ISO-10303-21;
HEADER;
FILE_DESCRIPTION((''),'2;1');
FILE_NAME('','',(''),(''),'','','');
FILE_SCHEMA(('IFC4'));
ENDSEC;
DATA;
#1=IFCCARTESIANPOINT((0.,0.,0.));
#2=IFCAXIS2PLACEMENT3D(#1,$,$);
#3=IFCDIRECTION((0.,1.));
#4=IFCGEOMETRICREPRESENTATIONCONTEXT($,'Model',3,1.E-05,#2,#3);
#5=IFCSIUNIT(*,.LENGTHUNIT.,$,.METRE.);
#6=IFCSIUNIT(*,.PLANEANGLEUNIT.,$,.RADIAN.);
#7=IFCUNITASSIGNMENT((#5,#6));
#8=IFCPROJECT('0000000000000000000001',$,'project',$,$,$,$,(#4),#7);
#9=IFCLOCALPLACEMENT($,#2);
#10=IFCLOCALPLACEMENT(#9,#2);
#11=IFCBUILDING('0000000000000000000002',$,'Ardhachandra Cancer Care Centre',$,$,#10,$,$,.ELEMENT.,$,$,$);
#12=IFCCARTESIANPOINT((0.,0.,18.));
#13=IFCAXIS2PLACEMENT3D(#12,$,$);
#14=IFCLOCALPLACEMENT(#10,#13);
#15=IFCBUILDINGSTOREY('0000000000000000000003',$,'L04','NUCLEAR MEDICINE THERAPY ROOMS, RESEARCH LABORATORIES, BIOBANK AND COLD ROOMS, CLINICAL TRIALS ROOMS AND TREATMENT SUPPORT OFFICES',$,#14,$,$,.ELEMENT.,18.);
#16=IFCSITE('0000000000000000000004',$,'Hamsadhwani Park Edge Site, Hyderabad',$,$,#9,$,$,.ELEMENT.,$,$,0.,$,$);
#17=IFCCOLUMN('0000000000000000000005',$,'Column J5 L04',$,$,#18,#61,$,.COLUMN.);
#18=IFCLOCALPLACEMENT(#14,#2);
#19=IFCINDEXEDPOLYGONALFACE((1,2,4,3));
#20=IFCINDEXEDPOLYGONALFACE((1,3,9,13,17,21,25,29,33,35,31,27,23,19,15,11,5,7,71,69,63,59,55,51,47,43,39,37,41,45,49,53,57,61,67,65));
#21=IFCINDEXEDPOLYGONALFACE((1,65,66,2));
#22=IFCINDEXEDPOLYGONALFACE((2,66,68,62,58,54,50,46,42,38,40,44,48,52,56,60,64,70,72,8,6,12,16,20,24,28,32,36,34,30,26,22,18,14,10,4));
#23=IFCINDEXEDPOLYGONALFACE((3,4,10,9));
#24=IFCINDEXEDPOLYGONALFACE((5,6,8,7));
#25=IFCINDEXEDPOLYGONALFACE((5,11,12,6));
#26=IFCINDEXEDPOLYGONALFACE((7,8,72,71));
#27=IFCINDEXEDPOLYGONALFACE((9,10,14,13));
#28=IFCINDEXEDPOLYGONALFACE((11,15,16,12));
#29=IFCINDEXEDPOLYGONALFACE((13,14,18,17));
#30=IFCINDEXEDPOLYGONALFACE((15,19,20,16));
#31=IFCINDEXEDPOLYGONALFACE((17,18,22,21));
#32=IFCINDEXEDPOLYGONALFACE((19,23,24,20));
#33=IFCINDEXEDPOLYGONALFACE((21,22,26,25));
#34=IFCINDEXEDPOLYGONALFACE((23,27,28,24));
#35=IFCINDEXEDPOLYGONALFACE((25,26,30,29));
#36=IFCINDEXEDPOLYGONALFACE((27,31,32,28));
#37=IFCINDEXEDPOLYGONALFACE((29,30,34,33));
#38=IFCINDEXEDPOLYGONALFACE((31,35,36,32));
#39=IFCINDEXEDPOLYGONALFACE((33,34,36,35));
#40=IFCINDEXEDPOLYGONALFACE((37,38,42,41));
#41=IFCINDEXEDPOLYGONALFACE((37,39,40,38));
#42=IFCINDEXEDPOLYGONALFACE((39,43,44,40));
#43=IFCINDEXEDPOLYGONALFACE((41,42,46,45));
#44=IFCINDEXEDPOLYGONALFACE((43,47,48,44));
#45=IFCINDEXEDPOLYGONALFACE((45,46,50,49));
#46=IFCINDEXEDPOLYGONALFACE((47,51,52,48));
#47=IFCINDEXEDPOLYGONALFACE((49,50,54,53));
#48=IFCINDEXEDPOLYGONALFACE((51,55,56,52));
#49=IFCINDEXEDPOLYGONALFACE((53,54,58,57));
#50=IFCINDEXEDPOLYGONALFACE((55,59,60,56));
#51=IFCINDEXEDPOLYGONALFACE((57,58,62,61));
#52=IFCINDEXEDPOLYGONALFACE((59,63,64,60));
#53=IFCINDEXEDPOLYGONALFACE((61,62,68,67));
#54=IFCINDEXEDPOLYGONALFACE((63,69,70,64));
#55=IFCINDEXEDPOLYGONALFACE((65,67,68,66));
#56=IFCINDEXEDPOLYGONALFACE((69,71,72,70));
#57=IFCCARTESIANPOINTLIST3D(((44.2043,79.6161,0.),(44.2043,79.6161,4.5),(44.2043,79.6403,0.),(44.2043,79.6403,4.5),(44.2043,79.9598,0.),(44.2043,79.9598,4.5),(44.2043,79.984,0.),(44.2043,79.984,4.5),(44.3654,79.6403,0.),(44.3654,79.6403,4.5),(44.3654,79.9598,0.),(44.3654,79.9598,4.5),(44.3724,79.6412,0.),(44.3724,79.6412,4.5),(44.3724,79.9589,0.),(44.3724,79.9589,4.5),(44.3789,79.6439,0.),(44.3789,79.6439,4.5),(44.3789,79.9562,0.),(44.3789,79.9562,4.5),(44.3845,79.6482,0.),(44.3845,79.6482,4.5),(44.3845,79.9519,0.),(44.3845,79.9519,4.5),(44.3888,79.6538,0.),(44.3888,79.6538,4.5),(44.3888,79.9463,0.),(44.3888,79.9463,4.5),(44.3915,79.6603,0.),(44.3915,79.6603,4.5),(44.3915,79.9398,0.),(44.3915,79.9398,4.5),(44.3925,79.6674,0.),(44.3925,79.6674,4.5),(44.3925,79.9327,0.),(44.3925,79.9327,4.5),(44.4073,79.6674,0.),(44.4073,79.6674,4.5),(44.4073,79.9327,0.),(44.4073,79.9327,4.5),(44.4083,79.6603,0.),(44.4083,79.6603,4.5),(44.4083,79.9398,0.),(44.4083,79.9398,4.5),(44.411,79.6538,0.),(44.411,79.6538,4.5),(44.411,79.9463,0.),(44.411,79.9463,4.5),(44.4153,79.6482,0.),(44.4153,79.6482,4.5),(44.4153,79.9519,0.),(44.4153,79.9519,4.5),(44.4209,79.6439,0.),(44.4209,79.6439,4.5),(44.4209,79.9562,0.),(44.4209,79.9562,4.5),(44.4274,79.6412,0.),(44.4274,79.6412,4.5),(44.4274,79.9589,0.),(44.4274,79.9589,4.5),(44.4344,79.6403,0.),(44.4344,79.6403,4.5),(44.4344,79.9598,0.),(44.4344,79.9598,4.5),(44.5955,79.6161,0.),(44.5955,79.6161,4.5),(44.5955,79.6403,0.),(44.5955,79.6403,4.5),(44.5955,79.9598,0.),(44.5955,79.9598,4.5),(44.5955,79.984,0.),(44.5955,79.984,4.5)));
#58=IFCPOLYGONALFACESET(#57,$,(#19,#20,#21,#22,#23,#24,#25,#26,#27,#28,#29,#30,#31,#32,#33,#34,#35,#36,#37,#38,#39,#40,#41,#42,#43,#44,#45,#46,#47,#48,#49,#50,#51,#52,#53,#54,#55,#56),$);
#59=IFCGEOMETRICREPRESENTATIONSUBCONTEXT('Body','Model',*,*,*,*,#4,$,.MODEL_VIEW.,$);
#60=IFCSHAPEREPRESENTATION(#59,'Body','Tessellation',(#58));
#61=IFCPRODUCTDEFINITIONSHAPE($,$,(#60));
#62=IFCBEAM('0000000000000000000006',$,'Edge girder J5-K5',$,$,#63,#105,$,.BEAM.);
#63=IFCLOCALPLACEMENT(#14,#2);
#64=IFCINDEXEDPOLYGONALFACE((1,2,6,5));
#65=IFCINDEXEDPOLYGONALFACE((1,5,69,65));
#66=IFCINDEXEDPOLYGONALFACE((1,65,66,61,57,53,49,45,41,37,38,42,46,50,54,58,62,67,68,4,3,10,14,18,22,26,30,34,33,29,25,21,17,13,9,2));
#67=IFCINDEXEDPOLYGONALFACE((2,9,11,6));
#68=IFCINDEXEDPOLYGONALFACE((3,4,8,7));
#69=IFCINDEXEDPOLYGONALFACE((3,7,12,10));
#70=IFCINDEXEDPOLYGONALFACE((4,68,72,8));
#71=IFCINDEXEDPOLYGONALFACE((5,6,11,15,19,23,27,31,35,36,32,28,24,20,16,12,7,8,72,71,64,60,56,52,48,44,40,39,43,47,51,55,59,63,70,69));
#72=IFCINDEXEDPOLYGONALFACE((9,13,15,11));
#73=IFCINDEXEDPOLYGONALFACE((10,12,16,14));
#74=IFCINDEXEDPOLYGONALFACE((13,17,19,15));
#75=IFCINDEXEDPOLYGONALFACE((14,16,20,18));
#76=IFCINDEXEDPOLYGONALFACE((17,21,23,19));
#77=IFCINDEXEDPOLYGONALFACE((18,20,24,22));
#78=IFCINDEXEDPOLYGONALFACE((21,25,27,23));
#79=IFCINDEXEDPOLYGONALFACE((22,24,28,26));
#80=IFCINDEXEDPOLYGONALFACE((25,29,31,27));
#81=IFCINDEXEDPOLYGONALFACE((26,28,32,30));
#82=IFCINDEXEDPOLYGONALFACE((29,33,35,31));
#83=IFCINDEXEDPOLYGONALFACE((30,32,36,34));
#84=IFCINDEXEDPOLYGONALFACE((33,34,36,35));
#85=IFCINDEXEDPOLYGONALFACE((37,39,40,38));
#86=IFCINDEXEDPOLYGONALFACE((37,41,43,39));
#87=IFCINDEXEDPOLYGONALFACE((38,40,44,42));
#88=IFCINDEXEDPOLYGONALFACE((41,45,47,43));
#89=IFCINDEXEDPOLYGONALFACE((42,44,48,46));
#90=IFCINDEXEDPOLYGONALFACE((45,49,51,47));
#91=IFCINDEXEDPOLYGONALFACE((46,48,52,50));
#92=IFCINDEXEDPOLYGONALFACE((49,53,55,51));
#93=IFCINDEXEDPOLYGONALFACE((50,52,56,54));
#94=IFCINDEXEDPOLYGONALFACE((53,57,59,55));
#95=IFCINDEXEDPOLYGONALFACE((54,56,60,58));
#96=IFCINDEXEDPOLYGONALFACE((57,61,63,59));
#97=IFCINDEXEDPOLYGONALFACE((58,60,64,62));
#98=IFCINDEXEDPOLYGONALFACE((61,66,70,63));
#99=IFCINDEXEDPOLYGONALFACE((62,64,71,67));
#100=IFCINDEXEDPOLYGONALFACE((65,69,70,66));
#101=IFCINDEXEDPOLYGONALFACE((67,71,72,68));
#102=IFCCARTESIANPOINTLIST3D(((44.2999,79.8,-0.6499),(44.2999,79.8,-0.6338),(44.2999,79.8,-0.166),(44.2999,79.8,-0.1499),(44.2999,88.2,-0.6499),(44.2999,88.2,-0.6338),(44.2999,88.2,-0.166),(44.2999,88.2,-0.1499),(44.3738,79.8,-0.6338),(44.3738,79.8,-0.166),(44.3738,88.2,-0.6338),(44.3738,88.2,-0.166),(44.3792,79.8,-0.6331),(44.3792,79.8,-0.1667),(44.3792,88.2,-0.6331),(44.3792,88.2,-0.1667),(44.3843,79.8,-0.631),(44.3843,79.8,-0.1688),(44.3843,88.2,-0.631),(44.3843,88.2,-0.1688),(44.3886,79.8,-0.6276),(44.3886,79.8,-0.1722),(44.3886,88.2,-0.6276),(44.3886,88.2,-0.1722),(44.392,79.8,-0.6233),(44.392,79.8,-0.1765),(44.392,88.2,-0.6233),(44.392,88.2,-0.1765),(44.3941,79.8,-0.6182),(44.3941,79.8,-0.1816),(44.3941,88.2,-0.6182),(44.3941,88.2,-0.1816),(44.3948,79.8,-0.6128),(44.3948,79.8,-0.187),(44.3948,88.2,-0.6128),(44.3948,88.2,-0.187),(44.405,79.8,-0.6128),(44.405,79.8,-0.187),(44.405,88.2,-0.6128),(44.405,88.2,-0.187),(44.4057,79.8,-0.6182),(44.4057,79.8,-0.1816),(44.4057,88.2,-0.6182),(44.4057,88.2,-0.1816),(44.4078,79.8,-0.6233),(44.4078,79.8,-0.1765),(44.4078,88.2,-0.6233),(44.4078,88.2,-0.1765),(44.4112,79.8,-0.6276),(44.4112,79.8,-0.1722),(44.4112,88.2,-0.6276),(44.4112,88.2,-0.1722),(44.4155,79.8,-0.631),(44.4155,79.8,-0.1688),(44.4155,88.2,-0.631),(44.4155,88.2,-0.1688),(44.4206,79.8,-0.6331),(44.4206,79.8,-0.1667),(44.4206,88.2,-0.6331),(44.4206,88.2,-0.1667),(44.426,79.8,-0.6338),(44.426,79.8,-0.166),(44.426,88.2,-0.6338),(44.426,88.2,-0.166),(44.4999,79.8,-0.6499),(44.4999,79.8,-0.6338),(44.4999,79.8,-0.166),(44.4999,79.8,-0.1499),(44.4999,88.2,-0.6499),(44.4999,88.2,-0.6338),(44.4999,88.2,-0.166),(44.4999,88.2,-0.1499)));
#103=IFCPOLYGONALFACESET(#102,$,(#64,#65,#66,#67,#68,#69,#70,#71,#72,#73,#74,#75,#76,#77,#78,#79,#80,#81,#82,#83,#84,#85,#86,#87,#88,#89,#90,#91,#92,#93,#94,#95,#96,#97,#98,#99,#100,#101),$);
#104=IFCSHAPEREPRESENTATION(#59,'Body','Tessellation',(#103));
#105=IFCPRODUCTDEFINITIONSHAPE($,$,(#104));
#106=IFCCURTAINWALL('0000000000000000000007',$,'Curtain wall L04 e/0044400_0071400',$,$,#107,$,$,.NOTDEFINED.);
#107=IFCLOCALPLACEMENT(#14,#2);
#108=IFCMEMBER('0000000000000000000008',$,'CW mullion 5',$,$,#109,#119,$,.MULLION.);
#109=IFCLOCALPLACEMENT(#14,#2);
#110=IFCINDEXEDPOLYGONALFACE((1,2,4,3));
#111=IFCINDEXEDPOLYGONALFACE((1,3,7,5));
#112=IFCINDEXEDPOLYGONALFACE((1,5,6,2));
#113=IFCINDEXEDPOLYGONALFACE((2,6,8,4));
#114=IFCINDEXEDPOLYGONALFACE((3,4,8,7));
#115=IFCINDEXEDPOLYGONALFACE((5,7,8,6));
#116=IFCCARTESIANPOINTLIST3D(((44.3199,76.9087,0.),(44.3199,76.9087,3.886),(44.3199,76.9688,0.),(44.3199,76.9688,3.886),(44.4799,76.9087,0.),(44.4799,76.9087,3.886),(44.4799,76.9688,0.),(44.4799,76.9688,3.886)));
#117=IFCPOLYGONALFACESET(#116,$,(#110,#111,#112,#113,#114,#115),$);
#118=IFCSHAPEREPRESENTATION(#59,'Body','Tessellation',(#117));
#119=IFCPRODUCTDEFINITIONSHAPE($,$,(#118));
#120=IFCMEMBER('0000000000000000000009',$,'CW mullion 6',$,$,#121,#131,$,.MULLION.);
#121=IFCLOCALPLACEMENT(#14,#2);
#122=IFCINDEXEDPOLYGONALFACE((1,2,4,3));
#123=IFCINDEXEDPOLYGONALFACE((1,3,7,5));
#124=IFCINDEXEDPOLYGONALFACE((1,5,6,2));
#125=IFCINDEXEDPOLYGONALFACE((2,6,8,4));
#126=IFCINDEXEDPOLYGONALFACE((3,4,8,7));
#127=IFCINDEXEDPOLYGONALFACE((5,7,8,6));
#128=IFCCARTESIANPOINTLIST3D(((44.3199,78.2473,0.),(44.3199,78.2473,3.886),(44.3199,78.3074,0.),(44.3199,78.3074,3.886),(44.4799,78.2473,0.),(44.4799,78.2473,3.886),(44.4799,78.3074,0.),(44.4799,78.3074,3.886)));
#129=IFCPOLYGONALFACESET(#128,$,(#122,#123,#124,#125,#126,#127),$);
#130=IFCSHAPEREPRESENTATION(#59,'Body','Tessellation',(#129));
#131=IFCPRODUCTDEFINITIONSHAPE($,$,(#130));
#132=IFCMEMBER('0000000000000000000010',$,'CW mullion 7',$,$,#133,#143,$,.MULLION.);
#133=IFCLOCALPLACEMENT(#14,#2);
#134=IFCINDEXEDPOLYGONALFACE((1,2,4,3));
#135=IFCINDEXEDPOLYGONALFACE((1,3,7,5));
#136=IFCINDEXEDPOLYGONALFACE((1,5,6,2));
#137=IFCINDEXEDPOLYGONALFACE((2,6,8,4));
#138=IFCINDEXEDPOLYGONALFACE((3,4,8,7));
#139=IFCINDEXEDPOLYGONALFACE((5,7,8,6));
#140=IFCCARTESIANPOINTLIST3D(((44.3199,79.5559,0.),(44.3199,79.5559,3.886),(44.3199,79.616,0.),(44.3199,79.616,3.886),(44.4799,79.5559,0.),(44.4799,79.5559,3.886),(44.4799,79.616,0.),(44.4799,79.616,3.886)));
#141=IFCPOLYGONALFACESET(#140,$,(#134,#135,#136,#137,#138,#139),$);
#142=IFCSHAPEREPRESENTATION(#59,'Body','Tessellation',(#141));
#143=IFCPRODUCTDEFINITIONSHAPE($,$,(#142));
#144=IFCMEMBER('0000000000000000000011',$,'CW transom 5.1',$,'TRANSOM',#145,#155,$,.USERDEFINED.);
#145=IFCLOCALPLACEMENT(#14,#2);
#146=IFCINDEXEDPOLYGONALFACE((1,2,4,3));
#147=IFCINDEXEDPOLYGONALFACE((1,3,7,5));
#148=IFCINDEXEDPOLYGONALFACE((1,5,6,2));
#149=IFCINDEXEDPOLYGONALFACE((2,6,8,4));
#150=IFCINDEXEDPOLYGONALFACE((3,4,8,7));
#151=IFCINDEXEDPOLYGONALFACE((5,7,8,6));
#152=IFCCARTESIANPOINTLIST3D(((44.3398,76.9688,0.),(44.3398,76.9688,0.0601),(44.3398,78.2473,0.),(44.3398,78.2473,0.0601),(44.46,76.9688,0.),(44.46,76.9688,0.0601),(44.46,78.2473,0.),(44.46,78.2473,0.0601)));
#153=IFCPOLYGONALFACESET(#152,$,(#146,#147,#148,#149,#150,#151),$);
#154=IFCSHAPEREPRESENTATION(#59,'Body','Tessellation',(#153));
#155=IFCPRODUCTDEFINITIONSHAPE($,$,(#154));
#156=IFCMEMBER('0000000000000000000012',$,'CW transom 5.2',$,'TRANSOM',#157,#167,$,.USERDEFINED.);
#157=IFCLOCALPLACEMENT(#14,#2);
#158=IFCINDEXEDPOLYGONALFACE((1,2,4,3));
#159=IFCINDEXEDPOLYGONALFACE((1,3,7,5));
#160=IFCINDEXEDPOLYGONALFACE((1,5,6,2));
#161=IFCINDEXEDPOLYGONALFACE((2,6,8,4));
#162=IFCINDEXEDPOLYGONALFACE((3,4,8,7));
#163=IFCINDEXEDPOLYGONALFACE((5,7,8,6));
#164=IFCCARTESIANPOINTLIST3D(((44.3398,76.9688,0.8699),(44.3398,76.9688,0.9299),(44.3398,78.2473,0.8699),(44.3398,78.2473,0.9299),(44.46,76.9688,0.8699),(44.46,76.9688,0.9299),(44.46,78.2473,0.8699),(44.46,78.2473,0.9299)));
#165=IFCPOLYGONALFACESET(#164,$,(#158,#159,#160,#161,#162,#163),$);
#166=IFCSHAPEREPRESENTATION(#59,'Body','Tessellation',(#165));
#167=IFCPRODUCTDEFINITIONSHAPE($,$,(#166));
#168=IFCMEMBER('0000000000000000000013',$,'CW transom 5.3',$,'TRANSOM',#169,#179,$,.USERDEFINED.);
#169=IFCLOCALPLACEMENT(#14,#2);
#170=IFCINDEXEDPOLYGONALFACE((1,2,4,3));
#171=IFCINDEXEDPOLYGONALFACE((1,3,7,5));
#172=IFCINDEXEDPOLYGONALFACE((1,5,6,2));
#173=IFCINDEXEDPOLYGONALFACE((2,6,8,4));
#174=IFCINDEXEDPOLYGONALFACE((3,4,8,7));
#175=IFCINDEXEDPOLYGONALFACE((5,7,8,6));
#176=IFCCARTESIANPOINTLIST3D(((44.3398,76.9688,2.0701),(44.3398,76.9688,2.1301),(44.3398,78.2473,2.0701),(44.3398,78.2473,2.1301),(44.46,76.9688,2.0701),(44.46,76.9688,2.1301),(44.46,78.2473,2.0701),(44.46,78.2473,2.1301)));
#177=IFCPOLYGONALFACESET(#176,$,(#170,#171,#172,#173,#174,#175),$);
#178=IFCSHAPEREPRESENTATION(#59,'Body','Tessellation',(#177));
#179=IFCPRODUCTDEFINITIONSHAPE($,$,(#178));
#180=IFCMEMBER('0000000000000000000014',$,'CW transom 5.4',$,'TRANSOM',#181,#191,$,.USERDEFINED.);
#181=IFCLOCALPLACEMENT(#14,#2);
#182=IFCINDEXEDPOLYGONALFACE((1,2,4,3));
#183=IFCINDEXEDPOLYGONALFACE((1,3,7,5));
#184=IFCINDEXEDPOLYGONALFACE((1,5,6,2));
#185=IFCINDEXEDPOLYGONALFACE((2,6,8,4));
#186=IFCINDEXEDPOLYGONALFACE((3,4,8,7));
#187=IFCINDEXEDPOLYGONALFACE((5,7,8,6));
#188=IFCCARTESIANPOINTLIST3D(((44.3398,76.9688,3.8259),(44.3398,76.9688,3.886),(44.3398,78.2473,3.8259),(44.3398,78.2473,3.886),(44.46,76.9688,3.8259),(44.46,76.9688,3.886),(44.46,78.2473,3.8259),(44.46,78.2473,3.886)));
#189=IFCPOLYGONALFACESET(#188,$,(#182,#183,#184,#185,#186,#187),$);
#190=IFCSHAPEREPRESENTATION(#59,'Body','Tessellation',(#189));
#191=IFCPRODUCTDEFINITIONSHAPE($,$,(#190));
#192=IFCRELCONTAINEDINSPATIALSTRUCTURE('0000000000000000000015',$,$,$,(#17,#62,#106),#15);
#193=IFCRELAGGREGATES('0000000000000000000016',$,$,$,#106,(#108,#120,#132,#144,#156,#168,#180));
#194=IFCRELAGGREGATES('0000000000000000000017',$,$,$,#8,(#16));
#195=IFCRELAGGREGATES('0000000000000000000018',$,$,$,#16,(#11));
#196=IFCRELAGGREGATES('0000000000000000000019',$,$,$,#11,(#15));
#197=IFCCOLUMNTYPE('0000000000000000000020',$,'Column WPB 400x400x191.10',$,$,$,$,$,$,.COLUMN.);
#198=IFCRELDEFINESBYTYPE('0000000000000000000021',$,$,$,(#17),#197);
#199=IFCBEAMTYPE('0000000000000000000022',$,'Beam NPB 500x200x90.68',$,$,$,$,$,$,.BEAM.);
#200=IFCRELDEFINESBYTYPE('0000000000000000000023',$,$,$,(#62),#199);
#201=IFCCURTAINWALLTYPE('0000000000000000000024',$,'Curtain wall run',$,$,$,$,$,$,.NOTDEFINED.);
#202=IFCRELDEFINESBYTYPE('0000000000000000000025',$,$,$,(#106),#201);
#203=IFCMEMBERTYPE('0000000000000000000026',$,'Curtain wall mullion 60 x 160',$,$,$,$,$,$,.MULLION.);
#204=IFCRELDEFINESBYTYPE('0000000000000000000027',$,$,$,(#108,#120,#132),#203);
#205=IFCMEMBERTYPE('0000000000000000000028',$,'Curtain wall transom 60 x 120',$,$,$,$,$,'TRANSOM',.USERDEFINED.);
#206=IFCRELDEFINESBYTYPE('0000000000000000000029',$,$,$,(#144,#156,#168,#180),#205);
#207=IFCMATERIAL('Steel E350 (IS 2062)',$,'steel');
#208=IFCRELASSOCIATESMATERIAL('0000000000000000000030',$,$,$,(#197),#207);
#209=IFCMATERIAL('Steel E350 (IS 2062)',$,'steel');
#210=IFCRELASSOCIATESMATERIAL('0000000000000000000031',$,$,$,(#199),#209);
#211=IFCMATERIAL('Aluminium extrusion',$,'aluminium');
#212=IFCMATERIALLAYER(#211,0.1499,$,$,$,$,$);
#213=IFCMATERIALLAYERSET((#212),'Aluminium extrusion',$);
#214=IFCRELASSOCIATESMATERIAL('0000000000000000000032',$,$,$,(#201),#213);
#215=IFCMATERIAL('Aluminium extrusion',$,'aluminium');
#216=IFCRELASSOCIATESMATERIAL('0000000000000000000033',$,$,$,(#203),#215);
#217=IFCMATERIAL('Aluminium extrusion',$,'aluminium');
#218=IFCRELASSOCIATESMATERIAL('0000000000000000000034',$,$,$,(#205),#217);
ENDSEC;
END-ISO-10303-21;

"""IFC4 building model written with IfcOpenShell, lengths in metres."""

from ifc_helpers import new_model, si_unit, direction, frame, origin, origin_2d, place, context, subcontext, project, spatial, rectangle, i_section, extrude, material, layer, layer_set, material_profile, profile_set, type_object, element, aggregate, save


model = new_model("IFC4")

# Units and contexts
model_context = context("Model", 3, precision=1e-05, world=origin(), true_north=direction((0.0, 1.0)))
body_context = subcontext(model_context, "Body", "Model", "MODEL_VIEW")
ifc_project = project(units=[si_unit("LENGTHUNIT", "METRE"), si_unit("PLANEANGLEUNIT", "RADIAN")], contexts=[model_context])

# Site, building, storey
site_placement = place(None, origin())
site = spatial("IfcSite", under=ifc_project, at=site_placement, Name="Hamsadhwani Park Edge Site, Hyderabad", CompositionType="ELEMENT", RefElevation=0.0)
building_placement = place(site_placement, origin())
building = spatial("IfcBuilding", under=site, at=building_placement, Name="Ardhachandra Cancer Care Centre", CompositionType="ELEMENT")
storey_placement = place(building_placement, frame((0.0, 0.0, 18.0)))
storey = spatial("IfcBuildingStorey", under=building, at=storey_placement, Name="L04", Description="NUCLEAR MEDICINE THERAPY ROOMS, RESEARCH LABORATORIES, BIOBANK AND COLD ROOMS, CLINICAL TRIALS ROOMS AND TREATMENT SUPPORT OFFICES", CompositionType="ELEMENT", Elevation=18.0)

# Column
ifc_material_1 = material(Name="Steel E350 (IS 2062)", Category="steel")
ifc_material_profile_1 = material_profile(ifc_material_1, i_section(OverallWidth=0.3911, OverallDepth=0.3679, WebThickness=0.0149, FlangeThickness=0.0242, FilletRadius=0.0271, at=origin_2d()), Name="WPB 400x400x191.10")
ifc_profile_set_1 = profile_set([ifc_material_profile_1], Name="Steel E350 (IS 2062)")
column_type = type_object("IfcColumnType", Name="Column WPB 400x400x191.10", PredefinedType="COLUMN", material=ifc_profile_set_1)
column_placement = place(storey_placement, frame((44.3999, 79.8, 0.0), z_axis=(0.0, 0.0, 1.0), x_axis=(1.0, 0.0, 0.0)))
element("IfcColumn", 1, at=column_placement, inside=storey, type_object=column_type, Name="Column J5 L04", PredefinedType="COLUMN", context=body_context, shape_type="SweptSolid", body=[
    extrude(i_section(OverallWidth=0.3911, OverallDepth=0.3679, WebThickness=0.0149, FlangeThickness=0.0242, FilletRadius=0.0271, at=origin_2d()), origin(), (0.0, 0.0, 1.0), 4.5),
])

# Beam
ifc_material_2 = material(Name="Steel E350 (IS 2062)", Category="steel")
ifc_material_profile_2 = material_profile(ifc_material_2, i_section(OverallWidth=0.2, OverallDepth=0.5, WebThickness=0.0103, FlangeThickness=0.0161, FilletRadius=0.021, at=origin_2d()), Name="NPB 500x200x90.68")
ifc_profile_set_2 = profile_set([ifc_material_profile_2], Name="Steel E350 (IS 2062)")
beam_type = type_object("IfcBeamType", Name="Beam NPB 500x200x90.68", PredefinedType="BEAM", material=ifc_profile_set_2)
beam_placement = place(storey_placement, frame((44.3999, 79.8, -0.3999), z_axis=(0.0, 1.0, 0.0), x_axis=(-1.0, 0.0, 0.0)))
element("IfcBeam", 2, at=beam_placement, inside=storey, type_object=beam_type, Name="Edge girder J5-K5", PredefinedType="BEAM", context=body_context, shape_type="SweptSolid", body=[
    extrude(i_section(OverallWidth=0.2, OverallDepth=0.5, WebThickness=0.0103, FlangeThickness=0.0161, FilletRadius=0.021, at=origin_2d()), origin(), (0.0, 0.0, 1.0), 8.3999),
])

# Curtain wall, members
ifc_material_3 = material(Name="Aluminium extrusion", Category="aluminium")
ifc_layer_1 = layer(ifc_material_3, 0.1499)
ifc_layer_set_1 = layer_set([ifc_layer_1], Name="Aluminium extrusion")
curtain_wall_type = type_object("IfcCurtainWallType", Name="Curtain wall run", PredefinedType="NOTDEFINED", material=ifc_layer_set_1)
curtain_wall_placement = place(storey_placement, origin())
curtain_wall = element("IfcCurtainWall", 3, at=curtain_wall_placement, inside=storey, type_object=curtain_wall_type, Name="Curtain wall L04 e/0044400_0071400", PredefinedType="NOTDEFINED")
ifc_material_4 = material(Name="Aluminium extrusion", Category="aluminium")
ifc_material_profile_3 = material_profile(ifc_material_4, rectangle(XDim=0.1599, YDim=0.0601, at=origin_2d()), Name="Curtain wall mullion 60 x 160")
ifc_profile_set_3 = profile_set([ifc_material_profile_3], Name="Aluminium extrusion")
member_type_1 = type_object("IfcMemberType", Name="Curtain wall mullion 60 x 160", PredefinedType="MULLION", material=ifc_profile_set_3)
member_1_placement = place(storey_placement, frame((44.3999, 76.9387, 0.0), z_axis=(0.0, 0.0, 1.0), x_axis=(-1.0, 0.0, 0.0)))
member_1 = element("IfcMember", 4, at=member_1_placement, type_object=member_type_1, Name="CW mullion 5", PredefinedType="MULLION", context=body_context, shape_type="SweptSolid", body=[
    extrude(rectangle(XDim=0.1599, YDim=0.0601, at=origin_2d()), origin(), (0.0, 0.0, 1.0), 3.886),
])
member_2_placement = place(storey_placement, frame((44.3999, 78.2773, 0.0), z_axis=(0.0, 0.0, 1.0), x_axis=(-1.0, 0.0, 0.0)))
member_2 = element("IfcMember", 5, at=member_2_placement, type_object=member_type_1, Name="CW mullion 6", PredefinedType="MULLION", context=body_context, shape_type="SweptSolid", body=[
    extrude(rectangle(XDim=0.1599, YDim=0.0601, at=origin_2d()), origin(), (0.0, 0.0, 1.0), 3.886),
])
member_3_placement = place(storey_placement, frame((44.3999, 79.5859, 0.0), z_axis=(0.0, 0.0, 1.0), x_axis=(-1.0, 0.0, 0.0)))
member_3 = element("IfcMember", 6, at=member_3_placement, type_object=member_type_1, Name="CW mullion 7", PredefinedType="MULLION", context=body_context, shape_type="SweptSolid", body=[
    extrude(rectangle(XDim=0.1599, YDim=0.0601, at=origin_2d()), origin(), (0.0, 0.0, 1.0), 3.886),
])
ifc_material_5 = material(Name="Aluminium extrusion", Category="aluminium")
ifc_material_profile_4 = material_profile(ifc_material_5, rectangle(XDim=0.1201, YDim=0.0601, at=origin_2d()), Name="Curtain wall transom 60 x 120")
ifc_profile_set_4 = profile_set([ifc_material_profile_4], Name="Aluminium extrusion")
member_type_2 = type_object("IfcMemberType", Name="Curtain wall transom 60 x 120", ElementType="TRANSOM", PredefinedType="USERDEFINED", material=ifc_profile_set_4)
member_4_placement = place(storey_placement, frame((44.3999, 76.9688, 0.03), z_axis=(0.0, 1.0, 0.0), x_axis=(-1.0, 0.0, 0.0)))
member_4 = element("IfcMember", 7, at=member_4_placement, type_object=member_type_2, Name="CW transom 5.1", ObjectType="TRANSOM", PredefinedType="USERDEFINED", context=body_context, shape_type="SweptSolid", body=[
    extrude(rectangle(XDim=0.1201, YDim=0.0601, at=origin_2d()), origin(), (0.0, 0.0, 1.0), 1.2786),
])
member_5_placement = place(storey_placement, frame((44.3999, 76.9688, 0.8999), z_axis=(0.0, 1.0, 0.0), x_axis=(-1.0, 0.0, 0.0)))
member_5 = element("IfcMember", 8, at=member_5_placement, type_object=member_type_2, Name="CW transom 5.2", ObjectType="TRANSOM", PredefinedType="USERDEFINED", context=body_context, shape_type="SweptSolid", body=[
    extrude(rectangle(XDim=0.1201, YDim=0.0601, at=origin_2d()), origin(), (0.0, 0.0, 1.0), 1.2786),
])
member_6_placement = place(storey_placement, frame((44.3999, 76.9688, 2.1001), z_axis=(0.0, 1.0, 0.0), x_axis=(-1.0, 0.0, 0.0)))
member_6 = element("IfcMember", 9, at=member_6_placement, type_object=member_type_2, Name="CW transom 5.3", ObjectType="TRANSOM", PredefinedType="USERDEFINED", context=body_context, shape_type="SweptSolid", body=[
    extrude(rectangle(XDim=0.1201, YDim=0.0601, at=origin_2d()), origin(), (0.0, 0.0, 1.0), 1.2786),
])
member_7_placement = place(storey_placement, frame((44.3999, 76.9688, 3.856), z_axis=(0.0, 1.0, 0.0), x_axis=(-1.0, 0.0, 0.0)))
member_7 = element("IfcMember", 10, at=member_7_placement, type_object=member_type_2, Name="CW transom 5.4", ObjectType="TRANSOM", PredefinedType="USERDEFINED", context=body_context, shape_type="SweptSolid", body=[
    extrude(rectangle(XDim=0.1201, YDim=0.0601, at=origin_2d()), origin(), (0.0, 0.0, 1.0), 1.2786),
])
aggregate(curtain_wall, [member_1, member_2, member_3, member_4, member_5, member_6, member_7])

save(model, "model.ifc")
